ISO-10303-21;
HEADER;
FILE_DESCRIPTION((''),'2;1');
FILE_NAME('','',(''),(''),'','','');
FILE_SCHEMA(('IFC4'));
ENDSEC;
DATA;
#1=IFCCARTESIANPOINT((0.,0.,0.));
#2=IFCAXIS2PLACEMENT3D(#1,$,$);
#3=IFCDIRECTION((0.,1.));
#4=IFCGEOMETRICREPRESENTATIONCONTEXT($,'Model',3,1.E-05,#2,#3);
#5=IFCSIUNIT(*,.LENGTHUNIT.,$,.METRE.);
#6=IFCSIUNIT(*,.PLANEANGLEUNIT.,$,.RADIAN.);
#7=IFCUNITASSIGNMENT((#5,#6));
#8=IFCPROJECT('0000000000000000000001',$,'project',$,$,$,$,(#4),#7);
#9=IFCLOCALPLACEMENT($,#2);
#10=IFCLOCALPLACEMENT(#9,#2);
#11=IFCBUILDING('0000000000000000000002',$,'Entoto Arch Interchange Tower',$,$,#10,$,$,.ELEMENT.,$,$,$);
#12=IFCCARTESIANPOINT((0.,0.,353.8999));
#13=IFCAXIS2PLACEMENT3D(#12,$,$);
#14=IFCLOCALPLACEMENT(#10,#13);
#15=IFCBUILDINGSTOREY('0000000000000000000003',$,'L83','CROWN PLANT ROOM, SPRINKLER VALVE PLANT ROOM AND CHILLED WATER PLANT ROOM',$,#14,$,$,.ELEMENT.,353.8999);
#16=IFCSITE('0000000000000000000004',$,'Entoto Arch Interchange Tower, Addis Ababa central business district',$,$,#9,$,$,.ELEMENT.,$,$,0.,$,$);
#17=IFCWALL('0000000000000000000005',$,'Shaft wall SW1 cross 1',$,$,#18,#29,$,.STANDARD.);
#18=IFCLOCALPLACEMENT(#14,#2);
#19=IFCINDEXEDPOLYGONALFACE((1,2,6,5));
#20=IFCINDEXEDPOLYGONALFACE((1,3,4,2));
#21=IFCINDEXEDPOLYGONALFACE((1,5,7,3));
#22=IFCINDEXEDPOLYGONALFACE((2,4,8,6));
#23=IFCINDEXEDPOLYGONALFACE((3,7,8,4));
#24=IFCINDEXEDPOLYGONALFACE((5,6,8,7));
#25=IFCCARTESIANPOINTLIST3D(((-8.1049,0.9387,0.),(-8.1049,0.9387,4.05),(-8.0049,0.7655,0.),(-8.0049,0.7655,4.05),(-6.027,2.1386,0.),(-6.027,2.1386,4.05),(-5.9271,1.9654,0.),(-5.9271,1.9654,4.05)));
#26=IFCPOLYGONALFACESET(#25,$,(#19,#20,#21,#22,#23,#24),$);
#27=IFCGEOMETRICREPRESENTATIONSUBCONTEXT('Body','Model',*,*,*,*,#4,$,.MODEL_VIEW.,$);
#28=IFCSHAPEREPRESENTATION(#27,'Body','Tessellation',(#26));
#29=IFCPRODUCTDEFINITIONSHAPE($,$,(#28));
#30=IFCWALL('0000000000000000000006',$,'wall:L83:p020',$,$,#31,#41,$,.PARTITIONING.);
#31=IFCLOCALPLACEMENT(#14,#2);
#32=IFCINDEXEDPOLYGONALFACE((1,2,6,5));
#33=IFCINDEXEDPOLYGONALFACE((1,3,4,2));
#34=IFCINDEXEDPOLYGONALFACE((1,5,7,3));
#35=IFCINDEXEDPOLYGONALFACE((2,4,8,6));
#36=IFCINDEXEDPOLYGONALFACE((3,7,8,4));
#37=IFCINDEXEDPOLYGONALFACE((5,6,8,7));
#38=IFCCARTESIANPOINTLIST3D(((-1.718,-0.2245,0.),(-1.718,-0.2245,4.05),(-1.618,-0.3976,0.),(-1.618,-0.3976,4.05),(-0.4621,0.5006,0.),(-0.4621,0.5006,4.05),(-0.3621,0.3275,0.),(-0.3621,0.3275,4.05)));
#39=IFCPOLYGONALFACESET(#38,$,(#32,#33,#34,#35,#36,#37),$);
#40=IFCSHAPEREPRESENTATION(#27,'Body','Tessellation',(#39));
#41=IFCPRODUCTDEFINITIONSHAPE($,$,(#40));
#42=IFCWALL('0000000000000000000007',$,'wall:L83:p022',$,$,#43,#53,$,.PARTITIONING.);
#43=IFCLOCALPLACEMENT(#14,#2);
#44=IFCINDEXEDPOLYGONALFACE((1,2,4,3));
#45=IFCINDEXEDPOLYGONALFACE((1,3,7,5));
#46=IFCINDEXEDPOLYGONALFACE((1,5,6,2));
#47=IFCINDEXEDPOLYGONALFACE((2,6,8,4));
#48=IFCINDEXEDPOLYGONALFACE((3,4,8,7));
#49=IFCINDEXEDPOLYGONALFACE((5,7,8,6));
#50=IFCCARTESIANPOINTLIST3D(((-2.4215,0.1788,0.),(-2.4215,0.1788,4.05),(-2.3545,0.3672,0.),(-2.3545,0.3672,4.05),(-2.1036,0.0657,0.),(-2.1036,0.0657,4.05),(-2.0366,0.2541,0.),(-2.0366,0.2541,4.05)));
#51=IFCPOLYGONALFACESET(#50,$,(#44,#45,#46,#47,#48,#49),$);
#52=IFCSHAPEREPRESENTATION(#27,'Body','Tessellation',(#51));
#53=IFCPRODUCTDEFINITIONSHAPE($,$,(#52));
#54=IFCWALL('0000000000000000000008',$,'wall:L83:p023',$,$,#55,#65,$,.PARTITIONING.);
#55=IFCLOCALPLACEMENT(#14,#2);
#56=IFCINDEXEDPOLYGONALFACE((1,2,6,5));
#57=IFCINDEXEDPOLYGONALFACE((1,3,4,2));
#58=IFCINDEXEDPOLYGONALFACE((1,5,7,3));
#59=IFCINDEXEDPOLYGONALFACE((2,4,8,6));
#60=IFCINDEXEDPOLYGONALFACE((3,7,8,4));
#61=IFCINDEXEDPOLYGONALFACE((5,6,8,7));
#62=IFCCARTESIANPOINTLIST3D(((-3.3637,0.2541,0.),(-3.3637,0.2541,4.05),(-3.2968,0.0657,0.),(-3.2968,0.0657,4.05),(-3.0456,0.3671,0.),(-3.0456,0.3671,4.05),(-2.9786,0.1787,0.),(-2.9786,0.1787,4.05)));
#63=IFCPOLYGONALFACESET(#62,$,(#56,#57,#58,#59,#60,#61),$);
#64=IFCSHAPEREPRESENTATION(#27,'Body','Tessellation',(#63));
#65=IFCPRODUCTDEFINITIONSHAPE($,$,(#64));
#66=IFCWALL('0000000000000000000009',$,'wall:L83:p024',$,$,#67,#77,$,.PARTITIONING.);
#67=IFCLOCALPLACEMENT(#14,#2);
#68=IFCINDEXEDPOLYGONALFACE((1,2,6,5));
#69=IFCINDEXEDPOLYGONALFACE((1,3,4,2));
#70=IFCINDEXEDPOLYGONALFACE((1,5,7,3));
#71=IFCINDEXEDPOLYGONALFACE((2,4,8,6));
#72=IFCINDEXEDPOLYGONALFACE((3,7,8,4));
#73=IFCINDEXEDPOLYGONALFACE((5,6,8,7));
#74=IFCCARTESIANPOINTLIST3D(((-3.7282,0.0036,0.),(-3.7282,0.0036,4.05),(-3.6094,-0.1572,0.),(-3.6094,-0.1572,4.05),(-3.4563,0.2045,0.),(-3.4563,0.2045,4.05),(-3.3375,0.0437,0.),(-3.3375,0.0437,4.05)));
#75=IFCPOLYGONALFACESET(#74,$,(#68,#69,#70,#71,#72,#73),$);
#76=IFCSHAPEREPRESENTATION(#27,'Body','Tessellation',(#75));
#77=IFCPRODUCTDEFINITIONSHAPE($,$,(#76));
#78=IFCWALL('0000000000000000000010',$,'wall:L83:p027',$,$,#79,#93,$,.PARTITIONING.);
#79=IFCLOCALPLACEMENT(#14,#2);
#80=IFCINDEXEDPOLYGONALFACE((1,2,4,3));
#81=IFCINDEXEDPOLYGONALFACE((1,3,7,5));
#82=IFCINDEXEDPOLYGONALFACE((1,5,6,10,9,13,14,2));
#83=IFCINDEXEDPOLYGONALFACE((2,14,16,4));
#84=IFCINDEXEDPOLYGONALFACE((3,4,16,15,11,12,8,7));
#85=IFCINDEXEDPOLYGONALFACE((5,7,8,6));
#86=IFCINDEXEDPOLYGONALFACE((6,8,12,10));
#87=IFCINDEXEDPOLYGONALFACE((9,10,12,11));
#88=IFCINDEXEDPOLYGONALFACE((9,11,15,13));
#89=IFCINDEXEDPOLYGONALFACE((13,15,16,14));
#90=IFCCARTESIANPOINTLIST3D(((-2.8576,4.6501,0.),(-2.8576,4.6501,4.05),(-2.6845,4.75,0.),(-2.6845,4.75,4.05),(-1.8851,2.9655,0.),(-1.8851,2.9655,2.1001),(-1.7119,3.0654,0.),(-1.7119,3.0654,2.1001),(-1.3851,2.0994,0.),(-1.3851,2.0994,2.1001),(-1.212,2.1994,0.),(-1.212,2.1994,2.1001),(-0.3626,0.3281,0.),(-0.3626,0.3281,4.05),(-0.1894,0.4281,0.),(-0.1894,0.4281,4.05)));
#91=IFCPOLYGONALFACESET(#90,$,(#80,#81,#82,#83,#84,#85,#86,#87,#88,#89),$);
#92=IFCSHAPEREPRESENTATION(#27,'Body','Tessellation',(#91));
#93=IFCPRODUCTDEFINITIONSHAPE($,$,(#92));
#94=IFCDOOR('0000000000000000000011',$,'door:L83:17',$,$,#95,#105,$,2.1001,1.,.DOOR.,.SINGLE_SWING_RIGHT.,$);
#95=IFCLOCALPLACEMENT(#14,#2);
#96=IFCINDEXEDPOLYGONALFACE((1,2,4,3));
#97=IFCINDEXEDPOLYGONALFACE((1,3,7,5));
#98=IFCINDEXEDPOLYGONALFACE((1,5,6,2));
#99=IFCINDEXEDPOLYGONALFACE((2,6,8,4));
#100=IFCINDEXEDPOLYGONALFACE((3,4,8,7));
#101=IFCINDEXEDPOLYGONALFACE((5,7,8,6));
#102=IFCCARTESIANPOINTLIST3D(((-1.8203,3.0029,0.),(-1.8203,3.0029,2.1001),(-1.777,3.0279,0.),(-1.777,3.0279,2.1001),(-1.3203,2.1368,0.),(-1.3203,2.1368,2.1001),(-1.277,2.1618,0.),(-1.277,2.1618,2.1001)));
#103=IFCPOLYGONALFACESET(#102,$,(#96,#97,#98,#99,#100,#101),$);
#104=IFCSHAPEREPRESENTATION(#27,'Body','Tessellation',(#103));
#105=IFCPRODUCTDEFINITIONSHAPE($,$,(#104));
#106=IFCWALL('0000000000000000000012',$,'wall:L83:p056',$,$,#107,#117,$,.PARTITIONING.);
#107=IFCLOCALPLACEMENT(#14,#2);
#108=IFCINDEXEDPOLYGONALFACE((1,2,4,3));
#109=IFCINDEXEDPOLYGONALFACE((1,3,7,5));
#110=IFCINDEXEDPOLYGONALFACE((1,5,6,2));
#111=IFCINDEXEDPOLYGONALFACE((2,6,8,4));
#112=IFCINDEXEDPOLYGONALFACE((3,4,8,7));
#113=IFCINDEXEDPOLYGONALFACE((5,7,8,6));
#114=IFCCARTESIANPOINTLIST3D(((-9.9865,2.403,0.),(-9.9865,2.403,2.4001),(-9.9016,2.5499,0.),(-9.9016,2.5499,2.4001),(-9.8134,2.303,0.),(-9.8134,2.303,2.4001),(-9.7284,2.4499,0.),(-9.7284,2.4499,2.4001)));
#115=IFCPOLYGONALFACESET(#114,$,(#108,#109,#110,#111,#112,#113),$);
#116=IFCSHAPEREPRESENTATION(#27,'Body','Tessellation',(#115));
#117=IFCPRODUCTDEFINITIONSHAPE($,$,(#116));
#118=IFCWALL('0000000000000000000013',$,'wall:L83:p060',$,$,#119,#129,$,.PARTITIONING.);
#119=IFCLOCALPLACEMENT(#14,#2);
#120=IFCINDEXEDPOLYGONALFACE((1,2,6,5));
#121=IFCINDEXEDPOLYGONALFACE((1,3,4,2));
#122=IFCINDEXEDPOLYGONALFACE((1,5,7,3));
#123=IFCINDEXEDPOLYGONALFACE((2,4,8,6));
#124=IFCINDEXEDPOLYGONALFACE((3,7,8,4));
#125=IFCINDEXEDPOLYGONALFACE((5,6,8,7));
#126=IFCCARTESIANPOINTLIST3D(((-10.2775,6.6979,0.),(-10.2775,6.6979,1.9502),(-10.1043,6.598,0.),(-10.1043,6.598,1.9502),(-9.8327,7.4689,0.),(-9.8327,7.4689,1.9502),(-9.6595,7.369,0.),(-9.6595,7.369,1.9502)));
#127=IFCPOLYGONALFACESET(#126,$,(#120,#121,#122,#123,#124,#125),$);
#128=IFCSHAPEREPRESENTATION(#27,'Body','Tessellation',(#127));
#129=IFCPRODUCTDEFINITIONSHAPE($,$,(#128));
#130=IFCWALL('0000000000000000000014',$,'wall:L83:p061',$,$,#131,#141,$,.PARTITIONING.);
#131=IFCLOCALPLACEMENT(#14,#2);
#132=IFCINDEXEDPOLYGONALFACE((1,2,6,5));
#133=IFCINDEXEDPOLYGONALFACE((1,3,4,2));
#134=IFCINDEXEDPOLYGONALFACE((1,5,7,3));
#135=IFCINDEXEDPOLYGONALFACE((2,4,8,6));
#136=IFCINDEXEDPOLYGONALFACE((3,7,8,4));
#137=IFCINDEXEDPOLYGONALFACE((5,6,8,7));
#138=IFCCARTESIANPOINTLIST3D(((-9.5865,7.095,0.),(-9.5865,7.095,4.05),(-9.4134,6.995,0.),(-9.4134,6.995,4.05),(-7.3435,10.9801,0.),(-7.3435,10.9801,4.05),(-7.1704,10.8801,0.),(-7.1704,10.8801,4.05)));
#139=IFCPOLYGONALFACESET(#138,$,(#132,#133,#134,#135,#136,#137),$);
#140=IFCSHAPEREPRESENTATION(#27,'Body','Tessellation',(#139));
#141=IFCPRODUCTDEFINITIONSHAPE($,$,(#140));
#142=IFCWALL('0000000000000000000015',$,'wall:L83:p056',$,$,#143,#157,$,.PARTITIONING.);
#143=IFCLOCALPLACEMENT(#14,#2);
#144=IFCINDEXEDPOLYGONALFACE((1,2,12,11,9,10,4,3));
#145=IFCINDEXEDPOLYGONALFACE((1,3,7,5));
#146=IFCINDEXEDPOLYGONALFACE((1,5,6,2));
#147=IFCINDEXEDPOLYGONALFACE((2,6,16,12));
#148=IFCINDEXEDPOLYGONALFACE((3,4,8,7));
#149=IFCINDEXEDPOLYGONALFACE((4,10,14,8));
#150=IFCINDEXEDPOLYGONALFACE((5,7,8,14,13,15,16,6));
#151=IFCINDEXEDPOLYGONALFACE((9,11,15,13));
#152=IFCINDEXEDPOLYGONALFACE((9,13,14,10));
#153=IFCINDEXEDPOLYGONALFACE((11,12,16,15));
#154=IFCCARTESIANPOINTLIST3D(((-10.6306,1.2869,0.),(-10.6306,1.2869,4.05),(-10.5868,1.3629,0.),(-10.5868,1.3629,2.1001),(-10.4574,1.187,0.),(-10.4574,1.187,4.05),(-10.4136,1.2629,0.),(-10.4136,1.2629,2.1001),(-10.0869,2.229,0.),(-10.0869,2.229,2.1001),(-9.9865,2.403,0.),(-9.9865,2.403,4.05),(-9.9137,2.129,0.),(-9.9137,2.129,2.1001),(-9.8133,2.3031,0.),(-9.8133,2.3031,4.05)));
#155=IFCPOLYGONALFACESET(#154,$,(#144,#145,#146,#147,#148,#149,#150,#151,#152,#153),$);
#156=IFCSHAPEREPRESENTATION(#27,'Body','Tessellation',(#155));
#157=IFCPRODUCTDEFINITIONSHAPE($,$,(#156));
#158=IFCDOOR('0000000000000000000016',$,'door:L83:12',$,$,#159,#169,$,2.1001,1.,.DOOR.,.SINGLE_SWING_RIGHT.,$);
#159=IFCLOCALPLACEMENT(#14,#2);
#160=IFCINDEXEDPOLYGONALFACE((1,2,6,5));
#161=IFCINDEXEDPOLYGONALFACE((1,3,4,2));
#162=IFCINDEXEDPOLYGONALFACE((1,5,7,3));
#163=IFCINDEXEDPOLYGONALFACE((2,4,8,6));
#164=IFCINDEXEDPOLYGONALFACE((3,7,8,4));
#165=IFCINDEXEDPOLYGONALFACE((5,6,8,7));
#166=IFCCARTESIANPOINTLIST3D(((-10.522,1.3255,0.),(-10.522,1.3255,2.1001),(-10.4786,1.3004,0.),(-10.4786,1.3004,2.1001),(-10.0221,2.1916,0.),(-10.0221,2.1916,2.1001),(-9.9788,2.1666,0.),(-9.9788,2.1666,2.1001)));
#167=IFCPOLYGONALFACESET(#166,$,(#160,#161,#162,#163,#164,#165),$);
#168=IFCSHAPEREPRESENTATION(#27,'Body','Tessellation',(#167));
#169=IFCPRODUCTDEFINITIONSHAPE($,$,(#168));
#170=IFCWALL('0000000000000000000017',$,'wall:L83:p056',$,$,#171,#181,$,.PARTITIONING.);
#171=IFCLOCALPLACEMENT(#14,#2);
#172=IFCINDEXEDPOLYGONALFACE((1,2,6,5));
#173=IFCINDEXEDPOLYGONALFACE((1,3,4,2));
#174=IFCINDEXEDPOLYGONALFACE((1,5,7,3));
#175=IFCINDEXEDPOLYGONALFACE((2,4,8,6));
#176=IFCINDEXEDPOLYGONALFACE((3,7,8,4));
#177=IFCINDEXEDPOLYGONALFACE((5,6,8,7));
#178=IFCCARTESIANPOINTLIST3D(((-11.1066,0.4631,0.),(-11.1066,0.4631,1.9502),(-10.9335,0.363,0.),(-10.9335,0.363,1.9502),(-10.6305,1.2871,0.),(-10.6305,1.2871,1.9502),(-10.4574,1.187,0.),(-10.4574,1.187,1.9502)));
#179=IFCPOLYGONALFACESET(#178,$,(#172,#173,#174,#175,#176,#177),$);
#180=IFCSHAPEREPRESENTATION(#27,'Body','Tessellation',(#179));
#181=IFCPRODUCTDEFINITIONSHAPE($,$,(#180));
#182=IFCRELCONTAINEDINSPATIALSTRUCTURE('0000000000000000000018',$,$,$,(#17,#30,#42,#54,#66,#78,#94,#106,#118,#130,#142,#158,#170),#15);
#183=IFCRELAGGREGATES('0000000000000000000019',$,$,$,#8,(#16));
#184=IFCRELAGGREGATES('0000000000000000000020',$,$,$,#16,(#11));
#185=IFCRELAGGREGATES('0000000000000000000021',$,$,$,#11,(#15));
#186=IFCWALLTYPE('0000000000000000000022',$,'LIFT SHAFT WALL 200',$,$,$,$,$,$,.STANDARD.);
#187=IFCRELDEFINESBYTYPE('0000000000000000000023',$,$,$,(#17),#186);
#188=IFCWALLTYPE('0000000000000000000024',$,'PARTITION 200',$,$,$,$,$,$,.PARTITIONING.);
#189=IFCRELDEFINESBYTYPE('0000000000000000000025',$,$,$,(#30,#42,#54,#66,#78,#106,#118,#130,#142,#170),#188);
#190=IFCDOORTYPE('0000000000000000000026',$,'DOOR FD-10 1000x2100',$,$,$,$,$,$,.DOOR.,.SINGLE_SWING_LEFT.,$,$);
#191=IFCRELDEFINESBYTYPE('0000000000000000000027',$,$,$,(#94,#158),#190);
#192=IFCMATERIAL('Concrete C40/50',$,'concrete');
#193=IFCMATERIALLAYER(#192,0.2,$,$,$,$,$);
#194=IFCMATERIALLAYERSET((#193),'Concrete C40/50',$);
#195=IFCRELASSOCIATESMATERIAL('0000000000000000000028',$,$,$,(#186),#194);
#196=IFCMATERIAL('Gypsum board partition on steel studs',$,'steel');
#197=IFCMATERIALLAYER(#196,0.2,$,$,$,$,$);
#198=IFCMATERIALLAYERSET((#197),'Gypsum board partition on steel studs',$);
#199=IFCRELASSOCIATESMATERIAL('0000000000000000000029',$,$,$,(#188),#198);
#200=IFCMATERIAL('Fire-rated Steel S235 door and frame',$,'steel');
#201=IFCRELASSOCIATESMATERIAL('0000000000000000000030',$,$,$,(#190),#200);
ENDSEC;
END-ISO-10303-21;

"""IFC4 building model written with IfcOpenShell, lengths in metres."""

from ifc_helpers import new_model, si_unit, direction, frame, frame_2d, origin, place, context, subcontext, project, spatial, rectangle, extrude, material, layer, layer_set, type_object, element, fill, save


model = new_model("IFC4")

# Units and contexts
model_context = context("Model", 3, precision=1e-05, world=origin(), true_north=direction((0.0, 1.0)))
body_context = subcontext(model_context, "Body", "Model", "MODEL_VIEW")
ifc_project = project(units=[si_unit("LENGTHUNIT", "METRE"), si_unit("PLANEANGLEUNIT", "RADIAN")], contexts=[model_context])

# Site, building, storey
site_placement = place(None, origin())
site = spatial("IfcSite", under=ifc_project, at=site_placement, Name="Entoto Arch Interchange Tower, Addis Ababa central business district", CompositionType="ELEMENT", RefElevation=0.0)
building_placement = place(site_placement, origin())
building = spatial("IfcBuilding", under=site, at=building_placement, Name="Entoto Arch Interchange Tower", CompositionType="ELEMENT")
storey_placement = place(building_placement, frame((0.0, 0.0, 353.8999)))
storey = spatial("IfcBuildingStorey", under=building, at=storey_placement, Name="L83", Description="CROWN PLANT ROOM, SPRINKLER VALVE PLANT ROOM AND CHILLED WATER PLANT ROOM", CompositionType="ELEMENT", Elevation=353.8999)

# Shared definitions
ifc_material_1 = material(Name="Concrete C40/50", Category="concrete")

# Shared definitions
ifc_material_2 = material(Name="Fire-rated Steel S235 door and frame", Category="steel")

# Shared definitions
ifc_layer_1 = layer(ifc_material_1, 0.2)
ifc_layer_set_1 = layer_set([ifc_layer_1], Name="Concrete C40/50")
wall_type_1 = type_object("IfcWallType", Name="LIFT SHAFT WALL 200", PredefinedType="STANDARD", material=ifc_layer_set_1)

# Walls
wall_1_placement = place(storey_placement, frame((-5.9771, 2.052, 0.0), z_axis=(0.0, 0.0, 1.0), x_axis=(-0.865974, -0.500089, 0.0)))
element("IfcWall", 1, at=wall_1_placement, inside=storey, type_object=wall_type_1, Name="Shaft wall SW1 cross 1", PredefinedType="STANDARD", context=body_context, shape_type="SweptSolid", body=[
    extrude(rectangle(XDim=2.3994, YDim=0.2, at=frame_2d((1.1997, 0.0))), origin(), (0.0, 0.0, 1.0), 4.05),
])
ifc_material_3 = material(Name="Gypsum board partition on steel studs", Category="steel")
ifc_layer_2 = layer(ifc_material_3, 0.2)
ifc_layer_set_2 = layer_set([ifc_layer_2], Name="Gypsum board partition on steel studs")
wall_type_2 = type_object("IfcWallType", Name="PARTITION 200", PredefinedType="PARTITIONING", material=ifc_layer_set_2)
wall_2_placement = place(storey_placement, frame((-0.4121, 0.4141, 0.0), z_axis=(0.0, 0.0, 1.0), x_axis=(-0.866017, -0.500014, 0.0)))
element("IfcWall", 2, at=wall_2_placement, inside=storey, type_object=wall_type_2, Name="wall:L83:p020", PredefinedType="PARTITIONING", context=body_context, shape_type="SweptSolid", body=[
    extrude(rectangle(XDim=1.4502, YDim=0.2, at=frame_2d((0.7251, 0.0))), origin(), (0.0, 0.0, 1.0), 4.05),
])
wall_3_placement = place(storey_placement, frame((-2.0701, 0.1599, 0.0), z_axis=(0.0, 0.0, 1.0), x_axis=(-0.942199, 0.335052, 0.0)))
element("IfcWall", 3, at=wall_3_placement, inside=storey, type_object=wall_type_2, Name="wall:L83:p022", PredefinedType="PARTITIONING", context=body_context, shape_type="SweptSolid", body=[
    extrude(rectangle(XDim=0.3374, YDim=0.2, at=frame_2d((0.1687, 0.0))), origin(), (0.0, 0.0, 1.0), 4.05),
])
wall_4_placement = place(storey_placement, frame((-3.012, 0.2729, 0.0), z_axis=(0.0, 0.0, 1.0), x_axis=(-0.942281, -0.334824, 0.0)))
element("IfcWall", 4, at=wall_4_placement, inside=storey, type_object=wall_type_2, Name="wall:L83:p023", PredefinedType="PARTITIONING", context=body_context, shape_type="SweptSolid", body=[
    extrude(rectangle(XDim=0.3376, YDim=0.2, at=frame_2d((0.1689, 0.0))), origin(), (0.0, 0.0, 1.0), 4.05),
])
wall_5_placement = place(storey_placement, frame((-3.397, 0.124, 0.0), z_axis=(0.0, 0.0, 1.0), x_axis=(-0.804311, -0.594208, 0.0)))
element("IfcWall", 5, at=wall_5_placement, inside=storey, type_object=wall_type_2, Name="wall:L83:p024", PredefinedType="PARTITIONING", context=body_context, shape_type="SweptSolid", body=[
    extrude(rectangle(XDim=0.3381, YDim=0.2, at=frame_2d((0.1689, 0.0))), origin(), (0.0, 0.0, 1.0), 4.05),
])

# Wall, opening, door
wall_6_placement = place(storey_placement, frame((-2.771, 4.7, 0.0), z_axis=(0.0, 0.0, 1.0), x_axis=(0.499969, -0.866043, 0.0)))
wall_6 = element("IfcWall", 6, at=wall_6_placement, inside=storey, type_object=wall_type_2, Name="wall:L83:p027", PredefinedType="PARTITIONING", context=body_context, shape_type="SweptSolid", body=[
    extrude(rectangle(XDim=4.9905, YDim=0.2, at=frame_2d((2.4951, 0.0))), origin(), (0.0, 0.0, 1.0), 4.05),
])
opening_1_placement = place(wall_6_placement, frame((1.9451, 0.0, 0.0)))
opening_1 = element("IfcOpeningElement", 7, at=opening_1_placement, cuts=wall_6, PredefinedType="OPENING", context=body_context, shape_type="SweptSolid", body=[
    extrude(rectangle(XDim=1.0, YDim=2.1001, at=frame_2d((0.5, 1.05))), frame((0.0, 0.1099, 0.0), z_axis=(0.0, -1.0, 0.0), x_axis=(1.0, 0.0, 0.0)), (0.0, 0.0, 1.0), 0.22),
])
door_type_1 = type_object("IfcDoorType", Name="DOOR FD-10 1000x2100", OperationType="SINGLE_SWING_LEFT", PredefinedType="DOOR", material=ifc_material_2)
door_1_placement = place(opening_1_placement, origin())
door_1 = element("IfcDoor", 8, at=door_1_placement, inside=storey, type_object=door_type_1, Name="door:L83:17", OperationType="SINGLE_SWING_RIGHT", OverallHeight=2.1001, OverallWidth=1.0, PredefinedType="DOOR", context=body_context, shape_type="SweptSolid", body=[
    extrude(rectangle(XDim=1.0, YDim=2.1001, at=frame_2d((0.5, 1.05))), frame((0.0, 0.0249, 0.0), z_axis=(0.0, -1.0, 0.0), x_axis=(1.0, 0.0, 0.0)), (0.0, 0.0, 1.0), 0.05),
])
fill(opening_1, door_1)

# Walls
wall_7_placement = place(storey_placement, frame((-9.8149, 2.5, 0.0), z_axis=(0.0, 0.0, 1.0), x_axis=(-0.500469, -0.865754, 0.0)))
element("IfcWall", 9, at=wall_7_placement, inside=storey, type_object=wall_type_2, Name="wall:L83:p056", PredefinedType="PARTITIONING", context=body_context, shape_type="SweptSolid", body=[
    extrude(rectangle(XDim=0.1697, YDim=0.2, at=frame_2d((0.085, 0.0))), origin(), (0.0, 0.0, 1.0), 2.4001),
])
wall_8_placement = place(storey_placement, frame((-10.1909, 6.6479, 0.0), z_axis=(0.0, 0.0, 1.0), x_axis=(0.499738, 0.866176, 0.0)))
element("IfcWall", 10, at=wall_8_placement, inside=storey, type_object=wall_type_2, Name="wall:L83:p060", PredefinedType="PARTITIONING", context=body_context, shape_type="SweptSolid", body=[
    extrude(rectangle(XDim=0.8901, YDim=0.2, at=frame_2d((0.4451, 0.0))), origin(), (0.0, 0.0, 1.0), 1.9502),
])
wall_9_placement = place(storey_placement, frame((-9.5, 7.0449, 0.0), z_axis=(0.0, 0.0, 1.0), x_axis=(0.499985, 0.866034, 0.0)))
element("IfcWall", 11, at=wall_9_placement, inside=storey, type_object=wall_type_2, Name="wall:L83:p061", PredefinedType="PARTITIONING", context=body_context, shape_type="SweptSolid", body=[
    extrude(rectangle(XDim=4.4861, YDim=0.2, at=frame_2d((2.2432, 0.0))), origin(), (0.0, 0.0, 1.0), 4.05),
])

# Wall, opening, door
wall_10_placement = place(storey_placement, frame((-9.8999, 2.353, 0.0), z_axis=(0.0, 0.0, 1.0), x_axis=(-0.499848, -0.866113, 0.0)))
wall_10 = element("IfcWall", 12, at=wall_10_placement, inside=storey, type_object=wall_type_2, Name="wall:L83:p056", PredefinedType="PARTITIONING", context=body_context, shape_type="SweptSolid", body=[
    extrude(rectangle(XDim=1.2886, YDim=0.2, at=frame_2d((0.6443, 0.0))), origin(), (0.0, 0.0, 1.0), 4.05),
])
opening_2_placement = place(wall_10_placement, frame((0.2009, 0.0, 0.0)))
opening_2 = element("IfcOpeningElement", 13, at=opening_2_placement, cuts=wall_10, PredefinedType="OPENING", context=body_context, shape_type="SweptSolid", body=[
    extrude(rectangle(XDim=1.0, YDim=2.1001, at=frame_2d((0.5, 1.05))), frame((0.0, 0.1099, 0.0), z_axis=(0.0, -1.0, 0.0), x_axis=(1.0, 0.0, 0.0)), (0.0, 0.0, 1.0), 0.22),
])
door_2_placement = place(opening_2_placement, origin())
door_2 = element("IfcDoor", 14, at=door_2_placement, inside=storey, type_object=door_type_1, Name="door:L83:12", OperationType="SINGLE_SWING_RIGHT", OverallHeight=2.1001, OverallWidth=1.0, PredefinedType="DOOR", context=body_context, shape_type="SweptSolid", body=[
    extrude(rectangle(XDim=1.0, YDim=2.1001, at=frame_2d((0.5, 1.05))), frame((0.0, 0.0249, 0.0), z_axis=(0.0, -1.0, 0.0), x_axis=(1.0, 0.0, 0.0)), (0.0, 0.0, 1.0), 0.05),
])
fill(opening_2, door_2)

# Wall
wall_11_placement = place(storey_placement, frame((-10.5439, 1.2371, 0.0), z_axis=(0.0, 0.0, 1.0), x_axis=(-0.500278, -0.865865, 0.0)))
element("IfcWall", 15, at=wall_11_placement, inside=storey, type_object=wall_type_2, Name="wall:L83:p056", PredefinedType="PARTITIONING", context=body_context, shape_type="SweptSolid", body=[
    extrude(rectangle(XDim=0.9517, YDim=0.2, at=frame_2d((0.4758, 0.0))), origin(), (0.0, 0.0, 1.0), 1.9502),
])

save(model, "model.ifc")
